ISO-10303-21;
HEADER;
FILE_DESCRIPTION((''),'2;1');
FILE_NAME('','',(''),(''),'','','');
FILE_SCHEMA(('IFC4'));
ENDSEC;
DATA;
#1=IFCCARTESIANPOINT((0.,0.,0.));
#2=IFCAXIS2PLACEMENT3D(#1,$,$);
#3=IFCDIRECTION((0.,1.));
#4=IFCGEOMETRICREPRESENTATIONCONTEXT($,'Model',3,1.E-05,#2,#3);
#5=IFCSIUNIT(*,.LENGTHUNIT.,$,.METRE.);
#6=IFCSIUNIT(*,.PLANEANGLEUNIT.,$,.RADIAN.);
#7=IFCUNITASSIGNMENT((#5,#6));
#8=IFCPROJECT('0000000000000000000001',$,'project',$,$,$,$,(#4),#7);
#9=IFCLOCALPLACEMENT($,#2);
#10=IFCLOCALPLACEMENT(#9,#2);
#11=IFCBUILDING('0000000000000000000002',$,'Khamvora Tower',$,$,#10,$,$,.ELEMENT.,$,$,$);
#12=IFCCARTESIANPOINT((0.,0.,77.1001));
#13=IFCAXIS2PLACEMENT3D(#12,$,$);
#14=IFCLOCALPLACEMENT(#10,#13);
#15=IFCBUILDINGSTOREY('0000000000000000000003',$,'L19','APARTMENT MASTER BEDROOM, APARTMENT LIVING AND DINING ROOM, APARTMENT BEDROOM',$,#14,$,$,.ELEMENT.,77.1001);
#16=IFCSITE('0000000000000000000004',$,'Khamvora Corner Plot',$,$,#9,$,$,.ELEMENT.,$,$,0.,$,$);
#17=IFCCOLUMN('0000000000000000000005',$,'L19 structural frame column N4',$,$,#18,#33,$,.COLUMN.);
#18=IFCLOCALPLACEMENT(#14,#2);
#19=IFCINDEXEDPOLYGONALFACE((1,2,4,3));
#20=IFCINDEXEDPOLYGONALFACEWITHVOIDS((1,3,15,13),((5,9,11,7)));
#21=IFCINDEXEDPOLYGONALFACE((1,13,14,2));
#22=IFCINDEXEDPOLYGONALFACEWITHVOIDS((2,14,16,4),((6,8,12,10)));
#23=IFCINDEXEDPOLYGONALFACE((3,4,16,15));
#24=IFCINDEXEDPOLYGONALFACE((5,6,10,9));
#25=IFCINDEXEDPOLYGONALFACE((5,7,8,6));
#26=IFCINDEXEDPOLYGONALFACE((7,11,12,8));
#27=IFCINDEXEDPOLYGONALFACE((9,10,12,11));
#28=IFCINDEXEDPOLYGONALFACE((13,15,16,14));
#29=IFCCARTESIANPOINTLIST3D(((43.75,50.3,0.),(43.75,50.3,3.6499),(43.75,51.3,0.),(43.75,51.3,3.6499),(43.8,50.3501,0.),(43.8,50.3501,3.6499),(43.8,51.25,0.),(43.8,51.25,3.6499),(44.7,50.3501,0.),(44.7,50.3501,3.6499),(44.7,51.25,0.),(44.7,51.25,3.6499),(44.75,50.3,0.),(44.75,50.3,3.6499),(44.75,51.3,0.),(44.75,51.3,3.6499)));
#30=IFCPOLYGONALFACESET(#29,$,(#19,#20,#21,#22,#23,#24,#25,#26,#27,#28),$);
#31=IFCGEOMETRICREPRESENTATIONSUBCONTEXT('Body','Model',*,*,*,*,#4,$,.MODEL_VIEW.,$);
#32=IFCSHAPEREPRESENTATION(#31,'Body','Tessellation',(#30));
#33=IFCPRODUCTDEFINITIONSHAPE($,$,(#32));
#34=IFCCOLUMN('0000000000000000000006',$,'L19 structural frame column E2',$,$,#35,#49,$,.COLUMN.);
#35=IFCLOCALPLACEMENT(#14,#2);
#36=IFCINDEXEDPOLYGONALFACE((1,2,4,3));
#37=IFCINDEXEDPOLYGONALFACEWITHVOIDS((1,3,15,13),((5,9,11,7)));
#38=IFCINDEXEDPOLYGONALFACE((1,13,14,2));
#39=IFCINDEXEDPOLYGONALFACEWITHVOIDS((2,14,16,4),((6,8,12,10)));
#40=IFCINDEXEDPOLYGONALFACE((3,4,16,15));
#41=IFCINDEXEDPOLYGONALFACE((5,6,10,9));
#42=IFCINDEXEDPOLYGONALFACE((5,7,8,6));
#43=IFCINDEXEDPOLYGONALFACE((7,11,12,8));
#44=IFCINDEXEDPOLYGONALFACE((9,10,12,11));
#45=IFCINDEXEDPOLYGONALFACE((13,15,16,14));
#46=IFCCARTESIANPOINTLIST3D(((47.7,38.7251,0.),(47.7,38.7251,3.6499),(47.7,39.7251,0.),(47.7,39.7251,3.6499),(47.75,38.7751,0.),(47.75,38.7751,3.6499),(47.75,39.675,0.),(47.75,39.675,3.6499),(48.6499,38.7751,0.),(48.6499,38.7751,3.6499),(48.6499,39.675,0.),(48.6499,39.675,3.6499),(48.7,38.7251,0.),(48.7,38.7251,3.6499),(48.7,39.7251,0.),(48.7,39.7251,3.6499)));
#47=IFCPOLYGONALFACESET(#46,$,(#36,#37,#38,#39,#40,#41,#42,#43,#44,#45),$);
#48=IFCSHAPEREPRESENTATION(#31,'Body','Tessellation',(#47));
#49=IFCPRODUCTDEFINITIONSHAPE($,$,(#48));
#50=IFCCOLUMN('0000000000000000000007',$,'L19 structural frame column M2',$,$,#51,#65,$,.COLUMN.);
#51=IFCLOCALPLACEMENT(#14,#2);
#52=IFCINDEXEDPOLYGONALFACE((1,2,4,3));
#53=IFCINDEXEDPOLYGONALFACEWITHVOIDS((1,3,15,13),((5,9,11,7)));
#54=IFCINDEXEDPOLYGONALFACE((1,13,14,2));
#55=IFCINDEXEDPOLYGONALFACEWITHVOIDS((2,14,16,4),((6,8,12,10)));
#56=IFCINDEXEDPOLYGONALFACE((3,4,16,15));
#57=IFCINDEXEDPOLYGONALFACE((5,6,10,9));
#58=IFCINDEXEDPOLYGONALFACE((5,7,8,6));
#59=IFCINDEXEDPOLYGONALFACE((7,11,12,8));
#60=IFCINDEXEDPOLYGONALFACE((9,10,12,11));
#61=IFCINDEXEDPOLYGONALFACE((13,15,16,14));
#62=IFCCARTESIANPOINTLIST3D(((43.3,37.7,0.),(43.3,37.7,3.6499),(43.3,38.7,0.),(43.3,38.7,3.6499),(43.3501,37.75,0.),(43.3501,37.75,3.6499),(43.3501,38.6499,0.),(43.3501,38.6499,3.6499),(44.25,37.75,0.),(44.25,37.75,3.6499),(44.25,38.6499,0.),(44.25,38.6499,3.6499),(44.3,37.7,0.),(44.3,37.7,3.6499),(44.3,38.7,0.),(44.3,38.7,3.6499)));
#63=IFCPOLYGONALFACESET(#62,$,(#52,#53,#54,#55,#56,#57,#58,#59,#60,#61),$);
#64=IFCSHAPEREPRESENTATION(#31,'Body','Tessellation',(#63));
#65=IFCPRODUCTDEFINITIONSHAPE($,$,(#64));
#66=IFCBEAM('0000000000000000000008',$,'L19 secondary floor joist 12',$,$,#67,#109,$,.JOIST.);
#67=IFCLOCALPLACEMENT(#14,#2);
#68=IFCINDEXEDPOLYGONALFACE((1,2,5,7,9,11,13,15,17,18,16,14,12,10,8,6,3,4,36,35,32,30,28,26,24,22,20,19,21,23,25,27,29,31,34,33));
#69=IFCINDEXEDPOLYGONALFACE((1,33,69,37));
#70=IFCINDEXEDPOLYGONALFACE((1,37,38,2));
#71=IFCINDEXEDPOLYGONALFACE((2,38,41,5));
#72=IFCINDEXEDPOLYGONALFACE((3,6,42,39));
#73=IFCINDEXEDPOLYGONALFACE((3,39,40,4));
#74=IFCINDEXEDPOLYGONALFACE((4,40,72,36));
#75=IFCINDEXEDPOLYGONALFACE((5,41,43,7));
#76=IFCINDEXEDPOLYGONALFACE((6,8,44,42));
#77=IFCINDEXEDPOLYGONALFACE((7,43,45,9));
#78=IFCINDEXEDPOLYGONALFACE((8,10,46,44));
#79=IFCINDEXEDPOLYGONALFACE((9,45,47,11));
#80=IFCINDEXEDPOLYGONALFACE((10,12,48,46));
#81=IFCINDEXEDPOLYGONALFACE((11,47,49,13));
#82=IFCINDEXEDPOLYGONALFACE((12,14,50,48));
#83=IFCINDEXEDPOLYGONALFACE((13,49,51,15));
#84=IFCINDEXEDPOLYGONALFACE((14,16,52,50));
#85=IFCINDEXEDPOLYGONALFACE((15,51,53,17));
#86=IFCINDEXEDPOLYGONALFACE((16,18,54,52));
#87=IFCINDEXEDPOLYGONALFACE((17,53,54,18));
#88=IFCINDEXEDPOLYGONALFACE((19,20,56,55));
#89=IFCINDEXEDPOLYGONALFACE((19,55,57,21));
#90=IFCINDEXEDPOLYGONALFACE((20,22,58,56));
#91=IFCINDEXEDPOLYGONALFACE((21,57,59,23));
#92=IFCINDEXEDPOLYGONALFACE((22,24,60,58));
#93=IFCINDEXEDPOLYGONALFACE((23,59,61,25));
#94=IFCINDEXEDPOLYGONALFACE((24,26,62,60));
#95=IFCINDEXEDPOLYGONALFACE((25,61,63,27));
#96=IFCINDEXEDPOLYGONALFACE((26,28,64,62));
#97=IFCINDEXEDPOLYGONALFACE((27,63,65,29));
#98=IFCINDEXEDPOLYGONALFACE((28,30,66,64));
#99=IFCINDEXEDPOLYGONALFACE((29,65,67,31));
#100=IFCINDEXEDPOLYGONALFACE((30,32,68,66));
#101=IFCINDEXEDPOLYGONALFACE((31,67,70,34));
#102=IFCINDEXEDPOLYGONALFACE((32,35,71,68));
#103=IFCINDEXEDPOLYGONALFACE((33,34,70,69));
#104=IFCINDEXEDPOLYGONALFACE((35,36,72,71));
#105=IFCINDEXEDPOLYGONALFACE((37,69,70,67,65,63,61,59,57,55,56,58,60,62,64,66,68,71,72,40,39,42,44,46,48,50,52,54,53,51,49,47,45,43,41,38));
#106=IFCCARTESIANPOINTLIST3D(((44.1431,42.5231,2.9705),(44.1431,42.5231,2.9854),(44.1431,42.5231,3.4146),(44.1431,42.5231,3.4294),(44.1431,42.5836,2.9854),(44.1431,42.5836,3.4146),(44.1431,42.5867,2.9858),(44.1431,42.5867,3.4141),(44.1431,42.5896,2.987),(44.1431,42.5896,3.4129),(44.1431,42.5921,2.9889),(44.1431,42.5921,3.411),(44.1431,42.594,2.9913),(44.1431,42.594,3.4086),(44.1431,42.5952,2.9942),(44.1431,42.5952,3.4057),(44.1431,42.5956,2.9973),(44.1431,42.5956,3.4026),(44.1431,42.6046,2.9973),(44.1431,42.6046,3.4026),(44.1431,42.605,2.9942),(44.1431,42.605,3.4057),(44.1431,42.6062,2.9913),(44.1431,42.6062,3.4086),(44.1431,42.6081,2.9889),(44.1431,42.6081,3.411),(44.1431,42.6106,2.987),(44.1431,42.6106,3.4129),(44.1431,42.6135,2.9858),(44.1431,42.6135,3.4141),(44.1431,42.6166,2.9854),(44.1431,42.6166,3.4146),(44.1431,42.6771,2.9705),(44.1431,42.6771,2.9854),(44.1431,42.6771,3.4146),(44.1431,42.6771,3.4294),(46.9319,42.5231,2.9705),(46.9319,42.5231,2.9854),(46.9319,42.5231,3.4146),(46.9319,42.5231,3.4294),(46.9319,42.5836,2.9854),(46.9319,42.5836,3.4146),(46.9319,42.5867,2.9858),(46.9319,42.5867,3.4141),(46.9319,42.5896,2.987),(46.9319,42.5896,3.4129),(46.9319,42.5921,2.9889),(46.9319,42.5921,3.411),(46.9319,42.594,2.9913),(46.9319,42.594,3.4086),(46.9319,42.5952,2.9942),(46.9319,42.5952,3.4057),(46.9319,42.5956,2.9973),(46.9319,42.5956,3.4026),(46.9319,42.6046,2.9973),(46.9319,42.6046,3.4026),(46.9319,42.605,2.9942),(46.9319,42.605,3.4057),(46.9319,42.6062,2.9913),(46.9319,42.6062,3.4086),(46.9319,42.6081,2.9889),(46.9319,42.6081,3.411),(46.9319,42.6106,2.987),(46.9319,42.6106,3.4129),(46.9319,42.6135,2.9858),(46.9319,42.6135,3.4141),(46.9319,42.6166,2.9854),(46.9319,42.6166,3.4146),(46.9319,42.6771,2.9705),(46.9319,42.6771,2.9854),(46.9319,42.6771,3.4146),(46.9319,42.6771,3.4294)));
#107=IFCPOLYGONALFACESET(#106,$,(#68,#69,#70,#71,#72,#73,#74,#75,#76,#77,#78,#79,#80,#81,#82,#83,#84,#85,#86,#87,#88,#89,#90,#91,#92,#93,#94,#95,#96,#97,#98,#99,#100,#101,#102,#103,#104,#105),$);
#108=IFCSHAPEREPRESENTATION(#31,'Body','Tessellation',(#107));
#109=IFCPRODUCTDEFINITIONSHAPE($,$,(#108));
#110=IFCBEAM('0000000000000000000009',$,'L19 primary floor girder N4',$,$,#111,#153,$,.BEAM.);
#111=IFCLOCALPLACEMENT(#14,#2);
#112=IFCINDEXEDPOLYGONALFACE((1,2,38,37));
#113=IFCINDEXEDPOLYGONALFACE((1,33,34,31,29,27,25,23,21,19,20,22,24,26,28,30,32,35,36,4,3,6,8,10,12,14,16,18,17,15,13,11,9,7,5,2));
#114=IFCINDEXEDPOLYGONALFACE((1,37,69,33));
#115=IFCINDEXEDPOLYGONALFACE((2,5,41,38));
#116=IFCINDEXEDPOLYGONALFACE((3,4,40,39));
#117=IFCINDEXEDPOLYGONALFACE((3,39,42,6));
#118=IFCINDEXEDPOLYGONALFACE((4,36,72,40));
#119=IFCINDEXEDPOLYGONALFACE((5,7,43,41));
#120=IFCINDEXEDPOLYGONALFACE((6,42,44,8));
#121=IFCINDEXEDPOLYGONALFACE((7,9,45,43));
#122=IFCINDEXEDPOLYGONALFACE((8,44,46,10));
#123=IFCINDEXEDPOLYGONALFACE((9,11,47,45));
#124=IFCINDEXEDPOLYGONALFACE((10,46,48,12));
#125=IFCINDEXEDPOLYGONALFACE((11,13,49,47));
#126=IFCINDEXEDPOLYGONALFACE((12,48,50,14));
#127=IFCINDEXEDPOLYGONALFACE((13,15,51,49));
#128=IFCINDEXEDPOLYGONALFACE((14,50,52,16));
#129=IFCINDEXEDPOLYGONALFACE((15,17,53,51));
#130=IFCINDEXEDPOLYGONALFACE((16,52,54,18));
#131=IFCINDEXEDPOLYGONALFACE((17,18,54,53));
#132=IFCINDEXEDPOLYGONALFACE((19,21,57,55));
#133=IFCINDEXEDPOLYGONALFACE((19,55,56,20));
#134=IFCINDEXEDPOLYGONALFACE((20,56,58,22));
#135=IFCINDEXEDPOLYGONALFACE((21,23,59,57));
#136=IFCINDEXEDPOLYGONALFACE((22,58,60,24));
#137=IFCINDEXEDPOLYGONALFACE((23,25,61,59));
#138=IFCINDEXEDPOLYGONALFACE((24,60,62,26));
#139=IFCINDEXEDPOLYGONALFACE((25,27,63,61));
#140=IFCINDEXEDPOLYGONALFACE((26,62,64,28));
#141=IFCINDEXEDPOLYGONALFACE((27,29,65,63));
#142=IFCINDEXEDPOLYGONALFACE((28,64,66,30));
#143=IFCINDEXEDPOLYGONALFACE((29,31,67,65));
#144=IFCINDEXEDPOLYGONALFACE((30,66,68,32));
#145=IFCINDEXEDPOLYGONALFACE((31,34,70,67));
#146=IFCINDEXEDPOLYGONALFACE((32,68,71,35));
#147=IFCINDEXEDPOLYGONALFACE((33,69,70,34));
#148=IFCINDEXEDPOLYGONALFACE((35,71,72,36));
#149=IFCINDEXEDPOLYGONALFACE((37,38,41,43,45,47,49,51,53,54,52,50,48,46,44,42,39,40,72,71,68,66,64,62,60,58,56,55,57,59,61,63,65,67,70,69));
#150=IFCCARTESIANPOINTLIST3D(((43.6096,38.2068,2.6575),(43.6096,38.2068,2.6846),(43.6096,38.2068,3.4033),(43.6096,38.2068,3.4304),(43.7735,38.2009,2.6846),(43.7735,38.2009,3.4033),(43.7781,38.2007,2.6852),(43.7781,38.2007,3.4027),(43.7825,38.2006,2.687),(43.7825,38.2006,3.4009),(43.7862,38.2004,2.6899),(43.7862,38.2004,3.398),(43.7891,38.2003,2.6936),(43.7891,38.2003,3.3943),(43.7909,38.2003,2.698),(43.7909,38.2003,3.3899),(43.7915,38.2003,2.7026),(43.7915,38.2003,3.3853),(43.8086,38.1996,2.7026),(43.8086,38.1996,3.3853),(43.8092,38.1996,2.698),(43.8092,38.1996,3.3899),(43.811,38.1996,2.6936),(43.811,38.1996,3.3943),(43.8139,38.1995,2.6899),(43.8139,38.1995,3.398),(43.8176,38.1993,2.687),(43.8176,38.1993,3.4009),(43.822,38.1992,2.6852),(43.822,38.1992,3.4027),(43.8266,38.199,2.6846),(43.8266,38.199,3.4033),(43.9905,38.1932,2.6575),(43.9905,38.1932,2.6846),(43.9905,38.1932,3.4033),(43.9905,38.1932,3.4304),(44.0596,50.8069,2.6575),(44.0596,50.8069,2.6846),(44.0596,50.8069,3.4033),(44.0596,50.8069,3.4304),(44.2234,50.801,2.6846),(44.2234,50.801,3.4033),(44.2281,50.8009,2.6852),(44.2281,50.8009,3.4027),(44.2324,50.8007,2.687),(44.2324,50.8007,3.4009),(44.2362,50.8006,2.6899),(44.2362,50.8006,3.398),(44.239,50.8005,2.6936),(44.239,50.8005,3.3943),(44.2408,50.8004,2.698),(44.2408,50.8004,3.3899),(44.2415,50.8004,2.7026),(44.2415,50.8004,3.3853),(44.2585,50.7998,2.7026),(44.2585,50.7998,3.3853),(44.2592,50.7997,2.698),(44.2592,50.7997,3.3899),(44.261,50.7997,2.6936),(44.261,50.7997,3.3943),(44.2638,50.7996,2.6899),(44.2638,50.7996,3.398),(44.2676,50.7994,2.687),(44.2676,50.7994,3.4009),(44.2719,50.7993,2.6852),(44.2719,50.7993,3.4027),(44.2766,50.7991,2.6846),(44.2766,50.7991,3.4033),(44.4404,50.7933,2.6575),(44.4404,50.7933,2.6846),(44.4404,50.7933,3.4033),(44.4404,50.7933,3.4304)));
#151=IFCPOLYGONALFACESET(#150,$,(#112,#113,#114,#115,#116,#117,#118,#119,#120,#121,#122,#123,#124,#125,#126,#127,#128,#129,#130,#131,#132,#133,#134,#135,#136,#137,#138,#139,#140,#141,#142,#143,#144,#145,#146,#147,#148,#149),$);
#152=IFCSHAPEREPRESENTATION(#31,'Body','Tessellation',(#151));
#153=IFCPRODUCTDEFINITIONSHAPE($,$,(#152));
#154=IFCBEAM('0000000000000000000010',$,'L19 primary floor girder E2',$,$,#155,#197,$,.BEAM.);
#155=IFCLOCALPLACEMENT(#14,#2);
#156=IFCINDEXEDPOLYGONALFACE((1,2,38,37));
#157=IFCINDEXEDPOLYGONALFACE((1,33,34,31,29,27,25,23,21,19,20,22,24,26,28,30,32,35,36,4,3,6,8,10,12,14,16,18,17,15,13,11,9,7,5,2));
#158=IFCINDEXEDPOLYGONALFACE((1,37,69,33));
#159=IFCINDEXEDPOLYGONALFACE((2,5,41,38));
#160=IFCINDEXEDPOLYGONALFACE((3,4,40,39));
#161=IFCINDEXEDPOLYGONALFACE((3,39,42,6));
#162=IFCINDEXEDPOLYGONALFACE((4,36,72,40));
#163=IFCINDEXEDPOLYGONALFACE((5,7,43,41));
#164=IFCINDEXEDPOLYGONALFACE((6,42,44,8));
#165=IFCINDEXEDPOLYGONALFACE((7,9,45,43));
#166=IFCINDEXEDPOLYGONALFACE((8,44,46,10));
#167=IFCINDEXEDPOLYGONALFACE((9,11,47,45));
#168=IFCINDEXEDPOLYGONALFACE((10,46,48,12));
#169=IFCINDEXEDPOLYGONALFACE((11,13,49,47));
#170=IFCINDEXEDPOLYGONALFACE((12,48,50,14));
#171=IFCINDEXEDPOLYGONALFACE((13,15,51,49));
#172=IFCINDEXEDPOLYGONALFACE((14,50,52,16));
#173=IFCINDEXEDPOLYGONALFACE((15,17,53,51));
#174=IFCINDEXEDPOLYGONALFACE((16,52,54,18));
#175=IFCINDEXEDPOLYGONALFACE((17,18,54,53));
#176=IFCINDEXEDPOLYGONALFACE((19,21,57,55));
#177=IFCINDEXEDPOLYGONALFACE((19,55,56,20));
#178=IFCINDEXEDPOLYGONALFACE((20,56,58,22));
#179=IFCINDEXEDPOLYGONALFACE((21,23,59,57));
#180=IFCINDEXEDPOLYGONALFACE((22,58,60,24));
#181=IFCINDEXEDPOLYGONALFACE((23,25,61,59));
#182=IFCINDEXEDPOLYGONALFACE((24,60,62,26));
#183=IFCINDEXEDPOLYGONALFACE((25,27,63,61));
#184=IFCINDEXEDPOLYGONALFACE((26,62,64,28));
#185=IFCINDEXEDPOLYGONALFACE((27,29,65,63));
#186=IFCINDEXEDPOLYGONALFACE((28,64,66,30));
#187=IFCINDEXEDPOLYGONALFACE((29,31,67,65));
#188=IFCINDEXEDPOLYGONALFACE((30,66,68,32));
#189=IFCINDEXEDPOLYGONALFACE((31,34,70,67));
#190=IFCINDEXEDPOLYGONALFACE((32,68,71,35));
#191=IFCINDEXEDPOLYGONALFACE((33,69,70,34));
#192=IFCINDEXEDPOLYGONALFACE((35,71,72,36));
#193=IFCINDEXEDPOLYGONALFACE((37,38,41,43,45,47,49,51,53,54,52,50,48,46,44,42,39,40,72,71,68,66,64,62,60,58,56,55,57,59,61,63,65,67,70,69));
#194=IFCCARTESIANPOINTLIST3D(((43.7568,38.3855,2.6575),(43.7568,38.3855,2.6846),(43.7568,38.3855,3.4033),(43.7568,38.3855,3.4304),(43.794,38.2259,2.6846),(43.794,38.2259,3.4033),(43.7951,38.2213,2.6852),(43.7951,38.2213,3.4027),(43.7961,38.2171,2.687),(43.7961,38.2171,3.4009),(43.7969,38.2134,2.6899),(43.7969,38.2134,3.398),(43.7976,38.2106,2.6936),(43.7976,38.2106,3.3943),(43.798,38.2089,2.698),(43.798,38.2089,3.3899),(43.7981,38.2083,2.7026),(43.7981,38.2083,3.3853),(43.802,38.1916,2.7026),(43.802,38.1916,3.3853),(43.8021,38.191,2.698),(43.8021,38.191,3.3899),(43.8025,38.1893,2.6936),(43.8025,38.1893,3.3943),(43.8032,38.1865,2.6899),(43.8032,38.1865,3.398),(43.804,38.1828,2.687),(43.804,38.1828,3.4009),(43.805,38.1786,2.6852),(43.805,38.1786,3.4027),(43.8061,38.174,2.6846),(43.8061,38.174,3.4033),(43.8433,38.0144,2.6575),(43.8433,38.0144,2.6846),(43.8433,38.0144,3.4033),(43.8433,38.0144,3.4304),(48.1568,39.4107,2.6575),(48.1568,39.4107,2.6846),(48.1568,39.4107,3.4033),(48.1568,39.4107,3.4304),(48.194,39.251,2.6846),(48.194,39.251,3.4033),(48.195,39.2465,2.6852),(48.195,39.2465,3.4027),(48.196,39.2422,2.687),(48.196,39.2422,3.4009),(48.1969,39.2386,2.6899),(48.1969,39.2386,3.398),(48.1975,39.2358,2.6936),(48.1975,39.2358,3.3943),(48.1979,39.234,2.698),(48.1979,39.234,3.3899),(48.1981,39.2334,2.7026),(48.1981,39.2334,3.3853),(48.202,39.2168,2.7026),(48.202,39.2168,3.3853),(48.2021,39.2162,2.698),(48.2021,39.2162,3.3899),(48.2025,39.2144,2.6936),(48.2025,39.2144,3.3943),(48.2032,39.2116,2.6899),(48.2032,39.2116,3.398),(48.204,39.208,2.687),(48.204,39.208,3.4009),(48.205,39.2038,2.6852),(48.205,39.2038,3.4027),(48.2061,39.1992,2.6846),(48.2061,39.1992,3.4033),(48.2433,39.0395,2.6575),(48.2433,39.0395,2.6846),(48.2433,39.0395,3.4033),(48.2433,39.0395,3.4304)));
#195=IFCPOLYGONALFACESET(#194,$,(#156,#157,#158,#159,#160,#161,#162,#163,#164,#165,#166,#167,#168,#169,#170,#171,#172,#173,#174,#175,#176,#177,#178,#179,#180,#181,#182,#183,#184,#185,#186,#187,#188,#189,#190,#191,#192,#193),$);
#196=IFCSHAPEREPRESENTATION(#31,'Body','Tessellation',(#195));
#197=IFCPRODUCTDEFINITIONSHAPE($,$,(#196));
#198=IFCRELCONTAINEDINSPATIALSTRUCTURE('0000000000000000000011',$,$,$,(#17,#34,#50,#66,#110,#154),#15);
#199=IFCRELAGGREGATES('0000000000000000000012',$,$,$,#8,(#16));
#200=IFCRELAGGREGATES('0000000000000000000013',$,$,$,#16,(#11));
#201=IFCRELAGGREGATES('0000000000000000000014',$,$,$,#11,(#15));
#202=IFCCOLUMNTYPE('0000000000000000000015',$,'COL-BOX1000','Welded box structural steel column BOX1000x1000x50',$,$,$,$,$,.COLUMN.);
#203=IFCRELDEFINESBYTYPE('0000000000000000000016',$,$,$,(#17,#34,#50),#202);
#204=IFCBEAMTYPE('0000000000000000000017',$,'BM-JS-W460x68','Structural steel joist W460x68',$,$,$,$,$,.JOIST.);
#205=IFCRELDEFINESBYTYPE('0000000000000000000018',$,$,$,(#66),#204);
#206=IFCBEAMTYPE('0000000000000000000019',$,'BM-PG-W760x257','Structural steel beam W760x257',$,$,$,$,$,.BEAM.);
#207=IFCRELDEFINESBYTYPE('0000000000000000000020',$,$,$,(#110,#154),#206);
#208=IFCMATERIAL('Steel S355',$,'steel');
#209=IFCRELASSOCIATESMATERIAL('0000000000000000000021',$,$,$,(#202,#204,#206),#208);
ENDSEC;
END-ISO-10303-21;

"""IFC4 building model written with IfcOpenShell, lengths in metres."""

from ifc_helpers import new_model, si_unit, direction, frame, origin, origin_2d, place, context, subcontext, project, spatial, hollow_rectangle, i_section, extrude, material, material_profile, profile_set, type_object, element, save


model = new_model("IFC4")

# Units and contexts
model_context = context("Model", 3, precision=1e-05, world=origin(), true_north=direction((0.0, 1.0)))
body_context = subcontext(model_context, "Body", "Model", "MODEL_VIEW")
ifc_project = project(units=[si_unit("LENGTHUNIT", "METRE"), si_unit("PLANEANGLEUNIT", "RADIAN")], contexts=[model_context])

# Site, building, storey
site_placement = place(None, origin())
site = spatial("IfcSite", under=ifc_project, at=site_placement, Name="Khamvora Corner Plot", CompositionType="ELEMENT", RefElevation=0.0)
building_placement = place(site_placement, origin())
building = spatial("IfcBuilding", under=site, at=building_placement, Name="Khamvora Tower", CompositionType="ELEMENT")
storey_placement = place(building_placement, frame((0.0, 0.0, 77.1001)))
storey = spatial("IfcBuildingStorey", under=building, at=storey_placement, Name="L19", Description="APARTMENT MASTER BEDROOM, APARTMENT LIVING AND DINING ROOM, APARTMENT BEDROOM", CompositionType="ELEMENT", Elevation=77.1001)

# Columns
ifc_material_1 = material(Name="Steel S355", Category="steel")
ifc_material_profile_1 = material_profile(ifc_material_1, hollow_rectangle(XDim=1.0, YDim=1.0, WallThickness=0.05, at=origin_2d()), Name="BOX1000x1000x50")
ifc_profile_set_1 = profile_set([ifc_material_profile_1], Name="Steel S355")
column_type = type_object("IfcColumnType", Name="COL-BOX1000", Description="Welded box structural steel column BOX1000x1000x50", PredefinedType="COLUMN", material=ifc_profile_set_1)
for number, where, z_axis, x_axis, name in (
    (1, (44.25, 50.8, 0.0), (0.0, 0.0, 1.0), (1.0, 0.0, 0.0), "L19 structural frame column N4"),
    (2, (48.2, 39.2251, 0.0), (0.0, 0.0, 1.0), (1.0, 0.0, 0.0), "L19 structural frame column E2"),
    (3, (43.8, 38.2, 0.0), (0.0, 0.0, 1.0), (1.0, 0.0, 0.0), "L19 structural frame column M2"),
):
    element("IfcColumn", number, at=place(storey_placement, frame(where, z_axis=z_axis, x_axis=x_axis)), inside=storey, type_object=column_type, Name=name, PredefinedType="COLUMN", context=body_context, shape_type="SweptSolid", body=[
        extrude(hollow_rectangle(XDim=1.0, YDim=1.0, WallThickness=0.05, at=origin_2d()), origin(), (0.0, 0.0, 1.0), 3.6499),
    ])

# Beams
ifc_material_profile_2 = material_profile(ifc_material_1, i_section(OverallWidth=0.1541, OverallDepth=0.459, WebThickness=0.009, FlangeThickness=0.0149, FilletRadius=0.012, at=origin_2d()), Name="W460x68")
ifc_profile_set_2 = profile_set([ifc_material_profile_2], Name="Steel S355")
beam_type_1 = type_object("IfcBeamType", Name="BM-JS-W460x68", Description="Structural steel joist W460x68", PredefinedType="JOIST", material=ifc_profile_set_2)
beam_1_placement = place(storey_placement, frame((44.1431, 42.6001, 3.2), z_axis=(1.0, 0.0, 0.0), x_axis=(0.0, 1.0, 0.0)))
element("IfcBeam", 4, at=beam_1_placement, inside=storey, type_object=beam_type_1, Name="L19 secondary floor joist 12", PredefinedType="JOIST", context=body_context, shape_type="SweptSolid", body=[
    extrude(i_section(OverallWidth=0.1541, OverallDepth=0.459, WebThickness=0.009, FlangeThickness=0.0149, FilletRadius=0.012, at=origin_2d()), origin(), (0.0, 0.0, 1.0), 2.7888),
])
ifc_material_profile_3 = material_profile(ifc_material_1, i_section(OverallWidth=0.3811, OverallDepth=0.7729, WebThickness=0.0171, FlangeThickness=0.0271, FilletRadius=0.0181, at=origin_2d()), Name="W760x257")
ifc_profile_set_3 = profile_set([ifc_material_profile_3], Name="Steel S355")
beam_type_2 = type_object("IfcBeamType", Name="BM-PG-W760x257", Description="Structural steel beam W760x257", PredefinedType="BEAM", material=ifc_profile_set_3)
beam_2_placement = place(storey_placement, frame((43.8, 38.2, 3.0439), z_axis=(0.035687, 0.999363, 0.0), x_axis=(-0.999363, 0.035687, 0.0)))
element("IfcBeam", 5, at=beam_2_placement, inside=storey, type_object=beam_type_2, Name="L19 primary floor girder N4", PredefinedType="BEAM", context=body_context, shape_type="SweptSolid", body=[
    extrude(i_section(OverallWidth=0.3811, OverallDepth=0.7729, WebThickness=0.0171, FlangeThickness=0.0271, FilletRadius=0.0181, at=origin_2d()), origin(), (0.0, 0.0, 1.0), 12.6082),
])
beam_3_placement = place(storey_placement, frame((43.8, 38.2, 3.0439), z_axis=(0.973915, 0.226915, 0.0), x_axis=(-0.226915, 0.973915, 0.0)))
element("IfcBeam", 6, at=beam_3_placement, inside=storey, type_object=beam_type_2, Name="L19 primary floor girder E2", PredefinedType="BEAM", context=body_context, shape_type="SweptSolid", body=[
    extrude(i_section(OverallWidth=0.3811, OverallDepth=0.7729, WebThickness=0.0171, FlangeThickness=0.0271, FilletRadius=0.0181, at=origin_2d()), origin(), (0.0, 0.0, 1.0), 4.5178),
])

save(model, "model.ifc")
